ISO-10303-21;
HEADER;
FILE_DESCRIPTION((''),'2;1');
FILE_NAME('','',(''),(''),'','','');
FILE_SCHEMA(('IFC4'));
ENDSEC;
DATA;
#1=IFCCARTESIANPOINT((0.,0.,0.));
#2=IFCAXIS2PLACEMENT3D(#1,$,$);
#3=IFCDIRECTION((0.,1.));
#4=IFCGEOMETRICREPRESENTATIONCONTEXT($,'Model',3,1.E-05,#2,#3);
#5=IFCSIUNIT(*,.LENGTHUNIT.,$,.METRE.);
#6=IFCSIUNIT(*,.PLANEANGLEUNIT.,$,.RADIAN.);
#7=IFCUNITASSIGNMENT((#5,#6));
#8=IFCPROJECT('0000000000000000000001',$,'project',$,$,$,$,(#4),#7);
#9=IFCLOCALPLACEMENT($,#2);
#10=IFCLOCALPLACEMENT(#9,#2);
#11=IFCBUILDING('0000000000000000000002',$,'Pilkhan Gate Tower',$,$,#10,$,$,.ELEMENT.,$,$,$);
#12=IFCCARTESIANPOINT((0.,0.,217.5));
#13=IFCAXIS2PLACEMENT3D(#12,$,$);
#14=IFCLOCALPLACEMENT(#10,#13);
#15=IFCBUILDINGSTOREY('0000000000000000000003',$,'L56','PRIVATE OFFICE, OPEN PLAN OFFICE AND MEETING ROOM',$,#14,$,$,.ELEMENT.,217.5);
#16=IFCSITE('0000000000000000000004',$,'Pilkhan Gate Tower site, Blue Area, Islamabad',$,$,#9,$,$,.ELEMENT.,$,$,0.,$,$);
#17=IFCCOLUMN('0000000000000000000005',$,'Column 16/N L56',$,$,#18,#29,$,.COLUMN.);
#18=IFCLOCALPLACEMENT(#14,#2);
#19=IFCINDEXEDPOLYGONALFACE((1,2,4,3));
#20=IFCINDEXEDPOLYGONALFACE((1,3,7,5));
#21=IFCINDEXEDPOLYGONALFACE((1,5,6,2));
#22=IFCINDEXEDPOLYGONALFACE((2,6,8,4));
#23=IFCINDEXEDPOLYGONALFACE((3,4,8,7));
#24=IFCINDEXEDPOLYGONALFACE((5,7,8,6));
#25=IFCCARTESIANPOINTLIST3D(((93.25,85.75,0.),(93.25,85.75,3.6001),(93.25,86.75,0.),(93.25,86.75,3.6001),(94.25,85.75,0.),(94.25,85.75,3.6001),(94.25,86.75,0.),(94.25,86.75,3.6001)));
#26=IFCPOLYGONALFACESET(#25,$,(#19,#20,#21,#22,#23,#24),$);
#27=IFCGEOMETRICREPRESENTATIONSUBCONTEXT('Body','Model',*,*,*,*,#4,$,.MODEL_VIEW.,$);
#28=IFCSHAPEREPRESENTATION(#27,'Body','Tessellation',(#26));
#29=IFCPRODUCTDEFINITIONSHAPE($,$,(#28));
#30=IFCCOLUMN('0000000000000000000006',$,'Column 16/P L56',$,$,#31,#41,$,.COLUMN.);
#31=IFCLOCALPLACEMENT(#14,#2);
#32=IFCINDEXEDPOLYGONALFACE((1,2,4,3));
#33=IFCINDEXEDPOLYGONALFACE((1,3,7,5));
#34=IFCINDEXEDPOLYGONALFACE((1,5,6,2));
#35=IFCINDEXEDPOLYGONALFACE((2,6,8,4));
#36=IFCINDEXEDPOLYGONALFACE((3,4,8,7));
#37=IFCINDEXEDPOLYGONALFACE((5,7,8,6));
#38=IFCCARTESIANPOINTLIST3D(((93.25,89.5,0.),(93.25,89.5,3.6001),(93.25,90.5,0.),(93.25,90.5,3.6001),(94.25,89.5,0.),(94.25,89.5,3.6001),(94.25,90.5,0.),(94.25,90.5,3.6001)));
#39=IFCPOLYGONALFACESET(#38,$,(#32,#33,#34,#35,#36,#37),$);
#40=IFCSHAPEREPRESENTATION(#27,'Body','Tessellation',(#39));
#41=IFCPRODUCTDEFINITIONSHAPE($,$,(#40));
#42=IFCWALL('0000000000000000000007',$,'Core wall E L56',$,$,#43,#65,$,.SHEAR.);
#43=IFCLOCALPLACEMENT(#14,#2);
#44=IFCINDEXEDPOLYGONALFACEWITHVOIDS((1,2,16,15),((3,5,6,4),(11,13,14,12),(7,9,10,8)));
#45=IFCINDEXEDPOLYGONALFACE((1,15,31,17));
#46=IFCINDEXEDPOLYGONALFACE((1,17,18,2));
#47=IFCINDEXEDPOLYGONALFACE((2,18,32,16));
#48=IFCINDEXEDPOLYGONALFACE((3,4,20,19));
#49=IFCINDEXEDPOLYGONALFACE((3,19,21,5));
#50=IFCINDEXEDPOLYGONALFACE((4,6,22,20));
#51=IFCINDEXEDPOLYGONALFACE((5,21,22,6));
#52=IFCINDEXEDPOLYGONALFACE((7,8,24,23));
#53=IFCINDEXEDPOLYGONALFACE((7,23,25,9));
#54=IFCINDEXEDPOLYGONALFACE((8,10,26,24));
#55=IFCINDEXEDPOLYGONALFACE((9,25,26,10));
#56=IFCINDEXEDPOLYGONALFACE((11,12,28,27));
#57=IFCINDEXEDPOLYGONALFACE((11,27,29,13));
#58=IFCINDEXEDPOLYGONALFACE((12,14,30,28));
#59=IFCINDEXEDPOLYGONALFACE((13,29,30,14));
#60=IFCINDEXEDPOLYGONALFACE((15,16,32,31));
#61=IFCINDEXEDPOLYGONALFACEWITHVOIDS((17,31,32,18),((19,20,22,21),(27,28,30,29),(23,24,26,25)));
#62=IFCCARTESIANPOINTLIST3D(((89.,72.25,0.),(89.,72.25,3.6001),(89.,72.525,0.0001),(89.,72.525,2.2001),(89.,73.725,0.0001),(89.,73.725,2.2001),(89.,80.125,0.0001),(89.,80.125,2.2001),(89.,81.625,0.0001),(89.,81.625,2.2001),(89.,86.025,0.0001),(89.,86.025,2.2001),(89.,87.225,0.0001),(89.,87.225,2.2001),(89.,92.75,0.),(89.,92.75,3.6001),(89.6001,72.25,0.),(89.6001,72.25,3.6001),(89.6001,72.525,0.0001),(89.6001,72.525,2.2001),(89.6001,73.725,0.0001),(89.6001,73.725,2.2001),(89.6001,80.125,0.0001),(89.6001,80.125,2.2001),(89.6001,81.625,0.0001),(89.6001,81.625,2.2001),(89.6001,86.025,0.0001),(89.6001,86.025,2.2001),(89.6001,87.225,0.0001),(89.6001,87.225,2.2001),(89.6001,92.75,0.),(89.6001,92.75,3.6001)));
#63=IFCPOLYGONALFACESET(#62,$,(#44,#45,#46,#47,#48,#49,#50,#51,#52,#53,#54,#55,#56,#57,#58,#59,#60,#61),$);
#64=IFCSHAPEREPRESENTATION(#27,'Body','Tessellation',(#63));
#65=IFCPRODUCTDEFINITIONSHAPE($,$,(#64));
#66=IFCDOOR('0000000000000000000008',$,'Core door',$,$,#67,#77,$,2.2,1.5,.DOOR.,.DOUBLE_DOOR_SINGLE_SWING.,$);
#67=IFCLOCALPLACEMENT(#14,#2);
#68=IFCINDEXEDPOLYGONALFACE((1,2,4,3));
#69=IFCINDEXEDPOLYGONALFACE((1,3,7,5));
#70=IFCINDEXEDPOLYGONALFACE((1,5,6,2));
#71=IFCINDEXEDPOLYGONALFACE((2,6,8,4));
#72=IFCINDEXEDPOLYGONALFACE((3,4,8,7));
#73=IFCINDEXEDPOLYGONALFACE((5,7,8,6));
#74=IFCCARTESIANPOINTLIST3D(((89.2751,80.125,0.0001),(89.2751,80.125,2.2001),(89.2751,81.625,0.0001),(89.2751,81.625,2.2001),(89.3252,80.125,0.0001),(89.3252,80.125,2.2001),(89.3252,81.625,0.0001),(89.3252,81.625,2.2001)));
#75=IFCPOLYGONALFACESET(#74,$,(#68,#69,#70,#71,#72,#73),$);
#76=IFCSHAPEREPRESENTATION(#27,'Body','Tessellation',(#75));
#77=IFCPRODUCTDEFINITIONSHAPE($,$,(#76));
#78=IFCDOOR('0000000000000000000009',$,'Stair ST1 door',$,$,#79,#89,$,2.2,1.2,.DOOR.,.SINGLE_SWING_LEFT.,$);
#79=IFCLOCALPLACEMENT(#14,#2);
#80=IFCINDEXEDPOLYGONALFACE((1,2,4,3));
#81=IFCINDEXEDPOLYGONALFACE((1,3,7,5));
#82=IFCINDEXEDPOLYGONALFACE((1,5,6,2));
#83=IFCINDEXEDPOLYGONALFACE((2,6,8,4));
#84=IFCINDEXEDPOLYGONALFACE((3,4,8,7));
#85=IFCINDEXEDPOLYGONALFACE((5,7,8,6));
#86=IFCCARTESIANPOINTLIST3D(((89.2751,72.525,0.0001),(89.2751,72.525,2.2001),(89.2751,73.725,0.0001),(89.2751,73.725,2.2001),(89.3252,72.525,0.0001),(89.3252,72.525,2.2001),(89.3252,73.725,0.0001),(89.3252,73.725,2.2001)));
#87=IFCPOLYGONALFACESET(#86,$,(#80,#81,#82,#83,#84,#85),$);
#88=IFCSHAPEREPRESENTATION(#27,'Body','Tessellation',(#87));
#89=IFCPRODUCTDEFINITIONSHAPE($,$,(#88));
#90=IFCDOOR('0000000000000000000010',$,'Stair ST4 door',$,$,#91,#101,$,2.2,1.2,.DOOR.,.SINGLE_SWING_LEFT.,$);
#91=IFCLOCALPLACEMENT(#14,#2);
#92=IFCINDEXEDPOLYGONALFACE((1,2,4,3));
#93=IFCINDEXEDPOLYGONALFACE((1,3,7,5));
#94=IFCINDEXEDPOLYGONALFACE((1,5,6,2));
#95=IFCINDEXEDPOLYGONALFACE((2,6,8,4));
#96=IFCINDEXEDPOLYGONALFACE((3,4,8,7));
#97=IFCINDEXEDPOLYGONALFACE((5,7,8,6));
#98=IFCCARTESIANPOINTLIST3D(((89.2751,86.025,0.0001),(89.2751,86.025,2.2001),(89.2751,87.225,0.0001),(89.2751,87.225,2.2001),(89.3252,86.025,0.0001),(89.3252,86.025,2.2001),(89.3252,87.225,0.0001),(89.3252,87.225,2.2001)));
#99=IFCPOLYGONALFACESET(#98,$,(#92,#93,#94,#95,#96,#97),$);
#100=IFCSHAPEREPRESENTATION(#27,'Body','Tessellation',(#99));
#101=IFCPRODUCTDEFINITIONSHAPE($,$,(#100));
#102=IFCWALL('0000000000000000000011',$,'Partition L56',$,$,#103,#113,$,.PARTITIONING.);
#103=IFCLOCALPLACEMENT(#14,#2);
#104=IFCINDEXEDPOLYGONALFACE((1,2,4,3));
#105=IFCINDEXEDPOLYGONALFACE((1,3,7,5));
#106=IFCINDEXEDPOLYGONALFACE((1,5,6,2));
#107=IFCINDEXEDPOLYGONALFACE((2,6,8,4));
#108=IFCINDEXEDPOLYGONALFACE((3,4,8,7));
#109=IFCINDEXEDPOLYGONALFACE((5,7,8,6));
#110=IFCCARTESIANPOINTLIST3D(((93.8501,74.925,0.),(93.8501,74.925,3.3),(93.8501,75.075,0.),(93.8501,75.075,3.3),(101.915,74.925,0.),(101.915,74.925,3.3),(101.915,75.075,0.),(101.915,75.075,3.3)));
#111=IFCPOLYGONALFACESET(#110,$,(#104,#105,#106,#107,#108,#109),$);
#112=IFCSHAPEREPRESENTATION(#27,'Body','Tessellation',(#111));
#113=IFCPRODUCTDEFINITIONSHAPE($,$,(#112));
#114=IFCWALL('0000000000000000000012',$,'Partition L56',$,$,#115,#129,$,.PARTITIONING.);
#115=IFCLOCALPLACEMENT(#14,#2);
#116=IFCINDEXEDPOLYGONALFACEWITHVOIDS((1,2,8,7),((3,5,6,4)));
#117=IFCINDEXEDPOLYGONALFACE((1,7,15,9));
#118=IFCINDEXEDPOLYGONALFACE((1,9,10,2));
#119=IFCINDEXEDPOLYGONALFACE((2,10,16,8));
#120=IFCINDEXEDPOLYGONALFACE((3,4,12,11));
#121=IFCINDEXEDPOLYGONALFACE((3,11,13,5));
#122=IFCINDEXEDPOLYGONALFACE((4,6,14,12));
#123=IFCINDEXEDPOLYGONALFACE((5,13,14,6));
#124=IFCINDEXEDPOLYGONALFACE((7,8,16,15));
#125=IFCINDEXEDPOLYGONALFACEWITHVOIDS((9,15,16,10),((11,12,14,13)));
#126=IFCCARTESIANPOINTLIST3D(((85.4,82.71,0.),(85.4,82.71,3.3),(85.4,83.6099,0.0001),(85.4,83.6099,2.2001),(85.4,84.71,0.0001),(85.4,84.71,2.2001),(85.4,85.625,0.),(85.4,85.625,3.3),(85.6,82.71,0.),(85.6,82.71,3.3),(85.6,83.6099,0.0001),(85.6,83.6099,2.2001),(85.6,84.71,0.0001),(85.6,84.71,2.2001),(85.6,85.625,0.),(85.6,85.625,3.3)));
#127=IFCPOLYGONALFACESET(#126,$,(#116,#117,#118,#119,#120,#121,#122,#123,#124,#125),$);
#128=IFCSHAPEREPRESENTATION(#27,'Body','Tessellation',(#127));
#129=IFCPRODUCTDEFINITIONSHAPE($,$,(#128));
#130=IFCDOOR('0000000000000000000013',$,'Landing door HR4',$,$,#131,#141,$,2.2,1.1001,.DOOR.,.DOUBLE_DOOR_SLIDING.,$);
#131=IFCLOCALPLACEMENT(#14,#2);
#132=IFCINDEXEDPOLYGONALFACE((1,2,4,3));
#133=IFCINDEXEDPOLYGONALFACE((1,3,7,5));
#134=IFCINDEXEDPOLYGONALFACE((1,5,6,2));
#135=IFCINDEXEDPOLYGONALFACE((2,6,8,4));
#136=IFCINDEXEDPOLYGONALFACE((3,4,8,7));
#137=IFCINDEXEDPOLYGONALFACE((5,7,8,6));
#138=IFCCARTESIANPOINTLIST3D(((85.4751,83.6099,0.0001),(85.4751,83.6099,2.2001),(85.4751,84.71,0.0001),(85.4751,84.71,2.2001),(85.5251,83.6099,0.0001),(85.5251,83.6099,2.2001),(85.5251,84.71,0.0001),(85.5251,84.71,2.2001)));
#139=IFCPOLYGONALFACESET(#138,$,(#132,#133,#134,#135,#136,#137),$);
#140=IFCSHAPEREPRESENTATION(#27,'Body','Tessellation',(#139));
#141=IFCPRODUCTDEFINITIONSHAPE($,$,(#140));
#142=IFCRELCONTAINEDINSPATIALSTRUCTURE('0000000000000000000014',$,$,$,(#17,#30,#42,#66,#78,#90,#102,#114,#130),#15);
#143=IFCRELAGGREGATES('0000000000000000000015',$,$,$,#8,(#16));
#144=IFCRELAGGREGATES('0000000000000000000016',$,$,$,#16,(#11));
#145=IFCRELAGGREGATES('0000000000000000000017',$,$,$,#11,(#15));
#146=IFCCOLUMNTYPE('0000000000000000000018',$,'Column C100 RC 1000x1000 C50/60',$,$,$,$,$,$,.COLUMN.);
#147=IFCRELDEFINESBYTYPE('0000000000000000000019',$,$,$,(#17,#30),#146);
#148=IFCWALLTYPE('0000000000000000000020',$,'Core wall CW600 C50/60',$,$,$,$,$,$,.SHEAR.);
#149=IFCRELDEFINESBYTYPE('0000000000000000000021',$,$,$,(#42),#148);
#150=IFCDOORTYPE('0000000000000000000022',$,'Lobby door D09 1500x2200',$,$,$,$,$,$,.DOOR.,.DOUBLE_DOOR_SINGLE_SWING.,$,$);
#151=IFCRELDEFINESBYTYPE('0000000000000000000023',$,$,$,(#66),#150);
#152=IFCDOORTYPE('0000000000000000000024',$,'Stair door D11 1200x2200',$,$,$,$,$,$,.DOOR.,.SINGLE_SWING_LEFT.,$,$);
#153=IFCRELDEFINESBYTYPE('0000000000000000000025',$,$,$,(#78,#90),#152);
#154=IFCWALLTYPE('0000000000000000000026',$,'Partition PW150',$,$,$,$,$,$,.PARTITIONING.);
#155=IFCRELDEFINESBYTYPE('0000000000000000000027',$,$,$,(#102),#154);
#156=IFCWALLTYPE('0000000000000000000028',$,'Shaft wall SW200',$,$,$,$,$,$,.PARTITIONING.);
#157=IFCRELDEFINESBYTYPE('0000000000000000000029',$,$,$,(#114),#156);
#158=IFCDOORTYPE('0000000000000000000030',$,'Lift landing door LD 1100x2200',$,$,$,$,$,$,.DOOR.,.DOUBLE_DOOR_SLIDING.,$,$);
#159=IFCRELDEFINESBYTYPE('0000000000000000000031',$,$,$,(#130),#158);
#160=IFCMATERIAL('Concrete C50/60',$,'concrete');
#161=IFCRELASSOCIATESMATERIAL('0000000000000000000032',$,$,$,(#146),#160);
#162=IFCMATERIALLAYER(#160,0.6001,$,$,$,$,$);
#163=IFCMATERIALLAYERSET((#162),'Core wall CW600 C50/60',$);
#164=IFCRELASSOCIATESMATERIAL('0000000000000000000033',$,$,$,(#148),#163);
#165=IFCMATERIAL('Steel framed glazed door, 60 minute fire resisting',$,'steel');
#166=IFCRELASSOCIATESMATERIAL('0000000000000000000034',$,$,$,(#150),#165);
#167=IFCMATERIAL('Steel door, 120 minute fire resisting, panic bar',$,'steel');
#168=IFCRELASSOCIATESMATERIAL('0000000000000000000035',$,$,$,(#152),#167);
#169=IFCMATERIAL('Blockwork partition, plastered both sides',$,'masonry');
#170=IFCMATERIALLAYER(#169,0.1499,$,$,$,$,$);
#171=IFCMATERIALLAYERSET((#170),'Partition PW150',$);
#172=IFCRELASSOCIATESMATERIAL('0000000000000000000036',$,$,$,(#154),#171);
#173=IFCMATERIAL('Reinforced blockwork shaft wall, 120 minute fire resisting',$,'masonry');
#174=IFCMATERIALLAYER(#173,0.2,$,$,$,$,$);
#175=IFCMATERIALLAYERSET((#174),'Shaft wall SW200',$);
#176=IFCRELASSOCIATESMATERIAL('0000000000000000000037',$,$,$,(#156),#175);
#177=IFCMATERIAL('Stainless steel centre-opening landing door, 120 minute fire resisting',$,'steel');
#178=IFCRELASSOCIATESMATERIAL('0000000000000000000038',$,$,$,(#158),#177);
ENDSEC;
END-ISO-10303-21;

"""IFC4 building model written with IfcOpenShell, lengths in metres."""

from ifc_helpers import new_model, si_unit, direction, frame, frame_2d, origin, origin_2d, place, context, subcontext, project, spatial, rectangle, extrude, material, layer, layer_set, material_profile, profile_set, type_object, element, fill, save


model = new_model("IFC4")

# Units and contexts
model_context = context("Model", 3, precision=1e-05, world=origin(), true_north=direction((0.0, 1.0)))
body_context = subcontext(model_context, "Body", "Model", "MODEL_VIEW")
ifc_project = project(units=[si_unit("LENGTHUNIT", "METRE"), si_unit("PLANEANGLEUNIT", "RADIAN")], contexts=[model_context])

# Site, building, storey
site_placement = place(None, origin())
site = spatial("IfcSite", under=ifc_project, at=site_placement, Name="Pilkhan Gate Tower site, Blue Area, Islamabad", CompositionType="ELEMENT", RefElevation=0.0)
building_placement = place(site_placement, origin())
building = spatial("IfcBuilding", under=site, at=building_placement, Name="Pilkhan Gate Tower", CompositionType="ELEMENT")
storey_placement = place(building_placement, frame((0.0, 0.0, 217.5)))
storey = spatial("IfcBuildingStorey", under=building, at=storey_placement, Name="L56", Description="PRIVATE OFFICE, OPEN PLAN OFFICE AND MEETING ROOM", CompositionType="ELEMENT", Elevation=217.5)

# Columns
ifc_material_1 = material(Name="Concrete C50/60", Category="concrete")
ifc_material_profile = material_profile(ifc_material_1, rectangle(XDim=1.0, YDim=1.0, at=origin_2d()), Name="RC 1000x1000")
ifc_profile_set = profile_set([ifc_material_profile], Name="Concrete C50/60")
column_type = type_object("IfcColumnType", Name="Column C100 RC 1000x1000 C50/60", PredefinedType="COLUMN", material=ifc_profile_set)
for number, where, z_axis, x_axis, name in (
    (1, (93.75, 86.25, 0.0), (0.0, 0.0, 1.0), (1.0, 0.0, 0.0), "Column 16/N L56"),
    (2, (93.75, 90.0, 0.0), (0.0, 0.0, 1.0), (1.0, 0.0, 0.0), "Column 16/P L56"),
):
    element("IfcColumn", number, at=place(storey_placement, frame(where, z_axis=z_axis, x_axis=x_axis)), inside=storey, type_object=column_type, Name=name, PredefinedType="COLUMN", context=body_context, shape_type="SweptSolid", body=[
        extrude(rectangle(XDim=1.0, YDim=1.0, at=origin_2d()), origin(), (0.0, 0.0, 1.0), 3.6001),
    ])

# Wall, openings, doors
ifc_layer_1 = layer(ifc_material_1, 0.6001)
ifc_layer_set_1 = layer_set([ifc_layer_1], Name="Core wall CW600 C50/60")
wall_type_1 = type_object("IfcWallType", Name="Core wall CW600 C50/60", PredefinedType="SHEAR", material=ifc_layer_set_1)
wall_1_placement = place(storey_placement, frame((89.3, 72.25, 0.0), z_axis=(0.0, 0.0, 1.0), x_axis=(0.0, 1.0, 0.0)))
wall_1 = element("IfcWall", 3, at=wall_1_placement, inside=storey, type_object=wall_type_1, Name="Core wall E L56", PredefinedType="SHEAR", context=body_context, shape_type="SweptSolid", body=[
    extrude(rectangle(XDim=20.5, YDim=0.6001, at=frame_2d((10.25, 0.0))), origin(), (0.0, 0.0, 1.0), 3.6001),
])
opening_1_placement = place(wall_1_placement, frame((0.2749, 0.0, 0.0)))
opening_1 = element("IfcOpeningElement", 4, at=opening_1_placement, cuts=wall_1, PredefinedType="OPENING", context=body_context, shape_type="SweptSolid", body=[
    extrude(rectangle(XDim=1.2, YDim=2.2, at=frame_2d((0.6001, 1.1001))), frame((0.0, 0.3101, 0.0), z_axis=(0.0, -1.0, 0.0), x_axis=(1.0, 0.0, 0.0)), (0.0, 0.0, 1.0), 0.6201),
])
opening_2_placement = place(wall_1_placement, frame((13.7749, 0.0, 0.0)))
opening_2 = element("IfcOpeningElement", 5, at=opening_2_placement, cuts=wall_1, PredefinedType="OPENING", context=body_context, shape_type="SweptSolid", body=[
    extrude(rectangle(XDim=1.2, YDim=2.2, at=frame_2d((0.6001, 1.1001))), frame((0.0, 0.3101, 0.0), z_axis=(0.0, -1.0, 0.0), x_axis=(1.0, 0.0, 0.0)), (0.0, 0.0, 1.0), 0.6201),
])
opening_3_placement = place(wall_1_placement, frame((7.875, 0.0, 0.0)))
opening_3 = element("IfcOpeningElement", 6, at=opening_3_placement, cuts=wall_1, PredefinedType="OPENING", context=body_context, shape_type="SweptSolid", body=[
    extrude(rectangle(XDim=1.5, YDim=2.2, at=frame_2d((0.75, 1.1001))), frame((0.0, 0.3101, 0.0), z_axis=(0.0, -1.0, 0.0), x_axis=(1.0, 0.0, 0.0)), (0.0, 0.0, 1.0), 0.6201),
])
ifc_material_2 = material(Name="Steel framed glazed door, 60 minute fire resisting", Category="steel")
door_type_1 = type_object("IfcDoorType", Name="Lobby door D09 1500x2200", OperationType="DOUBLE_DOOR_SINGLE_SWING", PredefinedType="DOOR", material=ifc_material_2)
door_1_placement = place(opening_3_placement, origin())
door_1 = element("IfcDoor", 7, at=door_1_placement, inside=storey, type_object=door_type_1, Name="Core door", OperationType="DOUBLE_DOOR_SINGLE_SWING", OverallHeight=2.2, OverallWidth=1.5, PredefinedType="DOOR", context=body_context, shape_type="SweptSolid", body=[
    extrude(rectangle(XDim=1.5, YDim=2.2, at=frame_2d((0.75, 1.1001))), frame((0.0, 0.0249, 0.0), z_axis=(0.0, -1.0, 0.0), x_axis=(1.0, 0.0, 0.0)), (0.0, 0.0, 1.0), 0.05),
])
fill(opening_3, door_1)
ifc_material_3 = material(Name="Steel door, 120 minute fire resisting, panic bar", Category="steel")
door_type_2 = type_object("IfcDoorType", Name="Stair door D11 1200x2200", OperationType="SINGLE_SWING_LEFT", PredefinedType="DOOR", material=ifc_material_3)
door_2_placement = place(opening_1_placement, origin())
door_2 = element("IfcDoor", 8, at=door_2_placement, inside=storey, type_object=door_type_2, Name="Stair ST1 door", OperationType="SINGLE_SWING_LEFT", OverallHeight=2.2, OverallWidth=1.2, PredefinedType="DOOR", context=body_context, shape_type="SweptSolid", body=[
    extrude(rectangle(XDim=1.2, YDim=2.2, at=frame_2d((0.6001, 1.1001))), frame((0.0, 0.0249, 0.0), z_axis=(0.0, -1.0, 0.0), x_axis=(1.0, 0.0, 0.0)), (0.0, 0.0, 1.0), 0.05),
])
fill(opening_1, door_2)
door_3_placement = place(opening_2_placement, origin())
door_3 = element("IfcDoor", 9, at=door_3_placement, inside=storey, type_object=door_type_2, Name="Stair ST4 door", OperationType="SINGLE_SWING_LEFT", OverallHeight=2.2, OverallWidth=1.2, PredefinedType="DOOR", context=body_context, shape_type="SweptSolid", body=[
    extrude(rectangle(XDim=1.2, YDim=2.2, at=frame_2d((0.6001, 1.1001))), frame((0.0, 0.0249, 0.0), z_axis=(0.0, -1.0, 0.0), x_axis=(1.0, 0.0, 0.0)), (0.0, 0.0, 1.0), 0.05),
])
fill(opening_2, door_3)

# Wall
ifc_material_4 = material(Name="Blockwork partition, plastered both sides", Category="masonry")
ifc_layer_2 = layer(ifc_material_4, 0.1499)
ifc_layer_set_2 = layer_set([ifc_layer_2], Name="Partition PW150")
wall_type_2 = type_object("IfcWallType", Name="Partition PW150", PredefinedType="PARTITIONING", material=ifc_layer_set_2)
wall_2_placement = place(storey_placement, frame((93.8501, 75.0, 0.0), z_axis=(0.0, 0.0, 1.0), x_axis=(1.0, 0.0, 0.0)))
element("IfcWall", 10, at=wall_2_placement, inside=storey, type_object=wall_type_2, Name="Partition L56", PredefinedType="PARTITIONING", context=body_context, shape_type="SweptSolid", body=[
    extrude(rectangle(XDim=8.0649, YDim=0.1499, at=frame_2d((4.0325, 0.0))), origin(), (0.0, 0.0, 1.0), 3.3),
])

# Wall, opening, door
ifc_material_5 = material(Name="Reinforced blockwork shaft wall, 120 minute fire resisting", Category="masonry")
ifc_layer_3 = layer(ifc_material_5, 0.2)
ifc_layer_set_3 = layer_set([ifc_layer_3], Name="Shaft wall SW200")
wall_type_3 = type_object("IfcWallType", Name="Shaft wall SW200", PredefinedType="PARTITIONING", material=ifc_layer_set_3)
wall_3_placement = place(storey_placement, frame((85.5, 82.71, 0.0), z_axis=(0.0, 0.0, 1.0), x_axis=(0.0, 1.0, 0.0)))
wall_3 = element("IfcWall", 11, at=wall_3_placement, inside=storey, type_object=wall_type_3, Name="Partition L56", PredefinedType="PARTITIONING", context=body_context, shape_type="SweptSolid", body=[
    extrude(rectangle(XDim=2.915, YDim=0.2, at=frame_2d((1.4575, 0.0))), origin(), (0.0, 0.0, 1.0), 3.3),
])
opening_4_placement = place(wall_3_placement, frame((0.8999, 0.0, 0.0)))
opening_4 = element("IfcOpeningElement", 12, at=opening_4_placement, cuts=wall_3, PredefinedType="OPENING", context=body_context, shape_type="SweptSolid", body=[
    extrude(rectangle(XDim=1.1001, YDim=2.2, at=frame_2d((0.55, 1.1001))), frame((0.0, 0.1099, 0.0), z_axis=(0.0, -1.0, 0.0), x_axis=(1.0, 0.0, 0.0)), (0.0, 0.0, 1.0), 0.22),
])
ifc_material_6 = material(Name="Stainless steel centre-opening landing door, 120 minute fire resisting", Category="steel")
door_type_3 = type_object("IfcDoorType", Name="Lift landing door LD 1100x2200", OperationType="DOUBLE_DOOR_SLIDING", PredefinedType="DOOR", material=ifc_material_6)
door_4_placement = place(opening_4_placement, origin())
door_4 = element("IfcDoor", 13, at=door_4_placement, inside=storey, type_object=door_type_3, Name="Landing door HR4", OperationType="DOUBLE_DOOR_SLIDING", OverallHeight=2.2, OverallWidth=1.1001, PredefinedType="DOOR", context=body_context, shape_type="SweptSolid", body=[
    extrude(rectangle(XDim=1.1001, YDim=2.2, at=frame_2d((0.55, 1.1001))), frame((0.0, 0.0249, 0.0), z_axis=(0.0, -1.0, 0.0), x_axis=(1.0, 0.0, 0.0)), (0.0, 0.0, 1.0), 0.05),
])
fill(opening_4, door_4)

save(model, "model.ifc")
